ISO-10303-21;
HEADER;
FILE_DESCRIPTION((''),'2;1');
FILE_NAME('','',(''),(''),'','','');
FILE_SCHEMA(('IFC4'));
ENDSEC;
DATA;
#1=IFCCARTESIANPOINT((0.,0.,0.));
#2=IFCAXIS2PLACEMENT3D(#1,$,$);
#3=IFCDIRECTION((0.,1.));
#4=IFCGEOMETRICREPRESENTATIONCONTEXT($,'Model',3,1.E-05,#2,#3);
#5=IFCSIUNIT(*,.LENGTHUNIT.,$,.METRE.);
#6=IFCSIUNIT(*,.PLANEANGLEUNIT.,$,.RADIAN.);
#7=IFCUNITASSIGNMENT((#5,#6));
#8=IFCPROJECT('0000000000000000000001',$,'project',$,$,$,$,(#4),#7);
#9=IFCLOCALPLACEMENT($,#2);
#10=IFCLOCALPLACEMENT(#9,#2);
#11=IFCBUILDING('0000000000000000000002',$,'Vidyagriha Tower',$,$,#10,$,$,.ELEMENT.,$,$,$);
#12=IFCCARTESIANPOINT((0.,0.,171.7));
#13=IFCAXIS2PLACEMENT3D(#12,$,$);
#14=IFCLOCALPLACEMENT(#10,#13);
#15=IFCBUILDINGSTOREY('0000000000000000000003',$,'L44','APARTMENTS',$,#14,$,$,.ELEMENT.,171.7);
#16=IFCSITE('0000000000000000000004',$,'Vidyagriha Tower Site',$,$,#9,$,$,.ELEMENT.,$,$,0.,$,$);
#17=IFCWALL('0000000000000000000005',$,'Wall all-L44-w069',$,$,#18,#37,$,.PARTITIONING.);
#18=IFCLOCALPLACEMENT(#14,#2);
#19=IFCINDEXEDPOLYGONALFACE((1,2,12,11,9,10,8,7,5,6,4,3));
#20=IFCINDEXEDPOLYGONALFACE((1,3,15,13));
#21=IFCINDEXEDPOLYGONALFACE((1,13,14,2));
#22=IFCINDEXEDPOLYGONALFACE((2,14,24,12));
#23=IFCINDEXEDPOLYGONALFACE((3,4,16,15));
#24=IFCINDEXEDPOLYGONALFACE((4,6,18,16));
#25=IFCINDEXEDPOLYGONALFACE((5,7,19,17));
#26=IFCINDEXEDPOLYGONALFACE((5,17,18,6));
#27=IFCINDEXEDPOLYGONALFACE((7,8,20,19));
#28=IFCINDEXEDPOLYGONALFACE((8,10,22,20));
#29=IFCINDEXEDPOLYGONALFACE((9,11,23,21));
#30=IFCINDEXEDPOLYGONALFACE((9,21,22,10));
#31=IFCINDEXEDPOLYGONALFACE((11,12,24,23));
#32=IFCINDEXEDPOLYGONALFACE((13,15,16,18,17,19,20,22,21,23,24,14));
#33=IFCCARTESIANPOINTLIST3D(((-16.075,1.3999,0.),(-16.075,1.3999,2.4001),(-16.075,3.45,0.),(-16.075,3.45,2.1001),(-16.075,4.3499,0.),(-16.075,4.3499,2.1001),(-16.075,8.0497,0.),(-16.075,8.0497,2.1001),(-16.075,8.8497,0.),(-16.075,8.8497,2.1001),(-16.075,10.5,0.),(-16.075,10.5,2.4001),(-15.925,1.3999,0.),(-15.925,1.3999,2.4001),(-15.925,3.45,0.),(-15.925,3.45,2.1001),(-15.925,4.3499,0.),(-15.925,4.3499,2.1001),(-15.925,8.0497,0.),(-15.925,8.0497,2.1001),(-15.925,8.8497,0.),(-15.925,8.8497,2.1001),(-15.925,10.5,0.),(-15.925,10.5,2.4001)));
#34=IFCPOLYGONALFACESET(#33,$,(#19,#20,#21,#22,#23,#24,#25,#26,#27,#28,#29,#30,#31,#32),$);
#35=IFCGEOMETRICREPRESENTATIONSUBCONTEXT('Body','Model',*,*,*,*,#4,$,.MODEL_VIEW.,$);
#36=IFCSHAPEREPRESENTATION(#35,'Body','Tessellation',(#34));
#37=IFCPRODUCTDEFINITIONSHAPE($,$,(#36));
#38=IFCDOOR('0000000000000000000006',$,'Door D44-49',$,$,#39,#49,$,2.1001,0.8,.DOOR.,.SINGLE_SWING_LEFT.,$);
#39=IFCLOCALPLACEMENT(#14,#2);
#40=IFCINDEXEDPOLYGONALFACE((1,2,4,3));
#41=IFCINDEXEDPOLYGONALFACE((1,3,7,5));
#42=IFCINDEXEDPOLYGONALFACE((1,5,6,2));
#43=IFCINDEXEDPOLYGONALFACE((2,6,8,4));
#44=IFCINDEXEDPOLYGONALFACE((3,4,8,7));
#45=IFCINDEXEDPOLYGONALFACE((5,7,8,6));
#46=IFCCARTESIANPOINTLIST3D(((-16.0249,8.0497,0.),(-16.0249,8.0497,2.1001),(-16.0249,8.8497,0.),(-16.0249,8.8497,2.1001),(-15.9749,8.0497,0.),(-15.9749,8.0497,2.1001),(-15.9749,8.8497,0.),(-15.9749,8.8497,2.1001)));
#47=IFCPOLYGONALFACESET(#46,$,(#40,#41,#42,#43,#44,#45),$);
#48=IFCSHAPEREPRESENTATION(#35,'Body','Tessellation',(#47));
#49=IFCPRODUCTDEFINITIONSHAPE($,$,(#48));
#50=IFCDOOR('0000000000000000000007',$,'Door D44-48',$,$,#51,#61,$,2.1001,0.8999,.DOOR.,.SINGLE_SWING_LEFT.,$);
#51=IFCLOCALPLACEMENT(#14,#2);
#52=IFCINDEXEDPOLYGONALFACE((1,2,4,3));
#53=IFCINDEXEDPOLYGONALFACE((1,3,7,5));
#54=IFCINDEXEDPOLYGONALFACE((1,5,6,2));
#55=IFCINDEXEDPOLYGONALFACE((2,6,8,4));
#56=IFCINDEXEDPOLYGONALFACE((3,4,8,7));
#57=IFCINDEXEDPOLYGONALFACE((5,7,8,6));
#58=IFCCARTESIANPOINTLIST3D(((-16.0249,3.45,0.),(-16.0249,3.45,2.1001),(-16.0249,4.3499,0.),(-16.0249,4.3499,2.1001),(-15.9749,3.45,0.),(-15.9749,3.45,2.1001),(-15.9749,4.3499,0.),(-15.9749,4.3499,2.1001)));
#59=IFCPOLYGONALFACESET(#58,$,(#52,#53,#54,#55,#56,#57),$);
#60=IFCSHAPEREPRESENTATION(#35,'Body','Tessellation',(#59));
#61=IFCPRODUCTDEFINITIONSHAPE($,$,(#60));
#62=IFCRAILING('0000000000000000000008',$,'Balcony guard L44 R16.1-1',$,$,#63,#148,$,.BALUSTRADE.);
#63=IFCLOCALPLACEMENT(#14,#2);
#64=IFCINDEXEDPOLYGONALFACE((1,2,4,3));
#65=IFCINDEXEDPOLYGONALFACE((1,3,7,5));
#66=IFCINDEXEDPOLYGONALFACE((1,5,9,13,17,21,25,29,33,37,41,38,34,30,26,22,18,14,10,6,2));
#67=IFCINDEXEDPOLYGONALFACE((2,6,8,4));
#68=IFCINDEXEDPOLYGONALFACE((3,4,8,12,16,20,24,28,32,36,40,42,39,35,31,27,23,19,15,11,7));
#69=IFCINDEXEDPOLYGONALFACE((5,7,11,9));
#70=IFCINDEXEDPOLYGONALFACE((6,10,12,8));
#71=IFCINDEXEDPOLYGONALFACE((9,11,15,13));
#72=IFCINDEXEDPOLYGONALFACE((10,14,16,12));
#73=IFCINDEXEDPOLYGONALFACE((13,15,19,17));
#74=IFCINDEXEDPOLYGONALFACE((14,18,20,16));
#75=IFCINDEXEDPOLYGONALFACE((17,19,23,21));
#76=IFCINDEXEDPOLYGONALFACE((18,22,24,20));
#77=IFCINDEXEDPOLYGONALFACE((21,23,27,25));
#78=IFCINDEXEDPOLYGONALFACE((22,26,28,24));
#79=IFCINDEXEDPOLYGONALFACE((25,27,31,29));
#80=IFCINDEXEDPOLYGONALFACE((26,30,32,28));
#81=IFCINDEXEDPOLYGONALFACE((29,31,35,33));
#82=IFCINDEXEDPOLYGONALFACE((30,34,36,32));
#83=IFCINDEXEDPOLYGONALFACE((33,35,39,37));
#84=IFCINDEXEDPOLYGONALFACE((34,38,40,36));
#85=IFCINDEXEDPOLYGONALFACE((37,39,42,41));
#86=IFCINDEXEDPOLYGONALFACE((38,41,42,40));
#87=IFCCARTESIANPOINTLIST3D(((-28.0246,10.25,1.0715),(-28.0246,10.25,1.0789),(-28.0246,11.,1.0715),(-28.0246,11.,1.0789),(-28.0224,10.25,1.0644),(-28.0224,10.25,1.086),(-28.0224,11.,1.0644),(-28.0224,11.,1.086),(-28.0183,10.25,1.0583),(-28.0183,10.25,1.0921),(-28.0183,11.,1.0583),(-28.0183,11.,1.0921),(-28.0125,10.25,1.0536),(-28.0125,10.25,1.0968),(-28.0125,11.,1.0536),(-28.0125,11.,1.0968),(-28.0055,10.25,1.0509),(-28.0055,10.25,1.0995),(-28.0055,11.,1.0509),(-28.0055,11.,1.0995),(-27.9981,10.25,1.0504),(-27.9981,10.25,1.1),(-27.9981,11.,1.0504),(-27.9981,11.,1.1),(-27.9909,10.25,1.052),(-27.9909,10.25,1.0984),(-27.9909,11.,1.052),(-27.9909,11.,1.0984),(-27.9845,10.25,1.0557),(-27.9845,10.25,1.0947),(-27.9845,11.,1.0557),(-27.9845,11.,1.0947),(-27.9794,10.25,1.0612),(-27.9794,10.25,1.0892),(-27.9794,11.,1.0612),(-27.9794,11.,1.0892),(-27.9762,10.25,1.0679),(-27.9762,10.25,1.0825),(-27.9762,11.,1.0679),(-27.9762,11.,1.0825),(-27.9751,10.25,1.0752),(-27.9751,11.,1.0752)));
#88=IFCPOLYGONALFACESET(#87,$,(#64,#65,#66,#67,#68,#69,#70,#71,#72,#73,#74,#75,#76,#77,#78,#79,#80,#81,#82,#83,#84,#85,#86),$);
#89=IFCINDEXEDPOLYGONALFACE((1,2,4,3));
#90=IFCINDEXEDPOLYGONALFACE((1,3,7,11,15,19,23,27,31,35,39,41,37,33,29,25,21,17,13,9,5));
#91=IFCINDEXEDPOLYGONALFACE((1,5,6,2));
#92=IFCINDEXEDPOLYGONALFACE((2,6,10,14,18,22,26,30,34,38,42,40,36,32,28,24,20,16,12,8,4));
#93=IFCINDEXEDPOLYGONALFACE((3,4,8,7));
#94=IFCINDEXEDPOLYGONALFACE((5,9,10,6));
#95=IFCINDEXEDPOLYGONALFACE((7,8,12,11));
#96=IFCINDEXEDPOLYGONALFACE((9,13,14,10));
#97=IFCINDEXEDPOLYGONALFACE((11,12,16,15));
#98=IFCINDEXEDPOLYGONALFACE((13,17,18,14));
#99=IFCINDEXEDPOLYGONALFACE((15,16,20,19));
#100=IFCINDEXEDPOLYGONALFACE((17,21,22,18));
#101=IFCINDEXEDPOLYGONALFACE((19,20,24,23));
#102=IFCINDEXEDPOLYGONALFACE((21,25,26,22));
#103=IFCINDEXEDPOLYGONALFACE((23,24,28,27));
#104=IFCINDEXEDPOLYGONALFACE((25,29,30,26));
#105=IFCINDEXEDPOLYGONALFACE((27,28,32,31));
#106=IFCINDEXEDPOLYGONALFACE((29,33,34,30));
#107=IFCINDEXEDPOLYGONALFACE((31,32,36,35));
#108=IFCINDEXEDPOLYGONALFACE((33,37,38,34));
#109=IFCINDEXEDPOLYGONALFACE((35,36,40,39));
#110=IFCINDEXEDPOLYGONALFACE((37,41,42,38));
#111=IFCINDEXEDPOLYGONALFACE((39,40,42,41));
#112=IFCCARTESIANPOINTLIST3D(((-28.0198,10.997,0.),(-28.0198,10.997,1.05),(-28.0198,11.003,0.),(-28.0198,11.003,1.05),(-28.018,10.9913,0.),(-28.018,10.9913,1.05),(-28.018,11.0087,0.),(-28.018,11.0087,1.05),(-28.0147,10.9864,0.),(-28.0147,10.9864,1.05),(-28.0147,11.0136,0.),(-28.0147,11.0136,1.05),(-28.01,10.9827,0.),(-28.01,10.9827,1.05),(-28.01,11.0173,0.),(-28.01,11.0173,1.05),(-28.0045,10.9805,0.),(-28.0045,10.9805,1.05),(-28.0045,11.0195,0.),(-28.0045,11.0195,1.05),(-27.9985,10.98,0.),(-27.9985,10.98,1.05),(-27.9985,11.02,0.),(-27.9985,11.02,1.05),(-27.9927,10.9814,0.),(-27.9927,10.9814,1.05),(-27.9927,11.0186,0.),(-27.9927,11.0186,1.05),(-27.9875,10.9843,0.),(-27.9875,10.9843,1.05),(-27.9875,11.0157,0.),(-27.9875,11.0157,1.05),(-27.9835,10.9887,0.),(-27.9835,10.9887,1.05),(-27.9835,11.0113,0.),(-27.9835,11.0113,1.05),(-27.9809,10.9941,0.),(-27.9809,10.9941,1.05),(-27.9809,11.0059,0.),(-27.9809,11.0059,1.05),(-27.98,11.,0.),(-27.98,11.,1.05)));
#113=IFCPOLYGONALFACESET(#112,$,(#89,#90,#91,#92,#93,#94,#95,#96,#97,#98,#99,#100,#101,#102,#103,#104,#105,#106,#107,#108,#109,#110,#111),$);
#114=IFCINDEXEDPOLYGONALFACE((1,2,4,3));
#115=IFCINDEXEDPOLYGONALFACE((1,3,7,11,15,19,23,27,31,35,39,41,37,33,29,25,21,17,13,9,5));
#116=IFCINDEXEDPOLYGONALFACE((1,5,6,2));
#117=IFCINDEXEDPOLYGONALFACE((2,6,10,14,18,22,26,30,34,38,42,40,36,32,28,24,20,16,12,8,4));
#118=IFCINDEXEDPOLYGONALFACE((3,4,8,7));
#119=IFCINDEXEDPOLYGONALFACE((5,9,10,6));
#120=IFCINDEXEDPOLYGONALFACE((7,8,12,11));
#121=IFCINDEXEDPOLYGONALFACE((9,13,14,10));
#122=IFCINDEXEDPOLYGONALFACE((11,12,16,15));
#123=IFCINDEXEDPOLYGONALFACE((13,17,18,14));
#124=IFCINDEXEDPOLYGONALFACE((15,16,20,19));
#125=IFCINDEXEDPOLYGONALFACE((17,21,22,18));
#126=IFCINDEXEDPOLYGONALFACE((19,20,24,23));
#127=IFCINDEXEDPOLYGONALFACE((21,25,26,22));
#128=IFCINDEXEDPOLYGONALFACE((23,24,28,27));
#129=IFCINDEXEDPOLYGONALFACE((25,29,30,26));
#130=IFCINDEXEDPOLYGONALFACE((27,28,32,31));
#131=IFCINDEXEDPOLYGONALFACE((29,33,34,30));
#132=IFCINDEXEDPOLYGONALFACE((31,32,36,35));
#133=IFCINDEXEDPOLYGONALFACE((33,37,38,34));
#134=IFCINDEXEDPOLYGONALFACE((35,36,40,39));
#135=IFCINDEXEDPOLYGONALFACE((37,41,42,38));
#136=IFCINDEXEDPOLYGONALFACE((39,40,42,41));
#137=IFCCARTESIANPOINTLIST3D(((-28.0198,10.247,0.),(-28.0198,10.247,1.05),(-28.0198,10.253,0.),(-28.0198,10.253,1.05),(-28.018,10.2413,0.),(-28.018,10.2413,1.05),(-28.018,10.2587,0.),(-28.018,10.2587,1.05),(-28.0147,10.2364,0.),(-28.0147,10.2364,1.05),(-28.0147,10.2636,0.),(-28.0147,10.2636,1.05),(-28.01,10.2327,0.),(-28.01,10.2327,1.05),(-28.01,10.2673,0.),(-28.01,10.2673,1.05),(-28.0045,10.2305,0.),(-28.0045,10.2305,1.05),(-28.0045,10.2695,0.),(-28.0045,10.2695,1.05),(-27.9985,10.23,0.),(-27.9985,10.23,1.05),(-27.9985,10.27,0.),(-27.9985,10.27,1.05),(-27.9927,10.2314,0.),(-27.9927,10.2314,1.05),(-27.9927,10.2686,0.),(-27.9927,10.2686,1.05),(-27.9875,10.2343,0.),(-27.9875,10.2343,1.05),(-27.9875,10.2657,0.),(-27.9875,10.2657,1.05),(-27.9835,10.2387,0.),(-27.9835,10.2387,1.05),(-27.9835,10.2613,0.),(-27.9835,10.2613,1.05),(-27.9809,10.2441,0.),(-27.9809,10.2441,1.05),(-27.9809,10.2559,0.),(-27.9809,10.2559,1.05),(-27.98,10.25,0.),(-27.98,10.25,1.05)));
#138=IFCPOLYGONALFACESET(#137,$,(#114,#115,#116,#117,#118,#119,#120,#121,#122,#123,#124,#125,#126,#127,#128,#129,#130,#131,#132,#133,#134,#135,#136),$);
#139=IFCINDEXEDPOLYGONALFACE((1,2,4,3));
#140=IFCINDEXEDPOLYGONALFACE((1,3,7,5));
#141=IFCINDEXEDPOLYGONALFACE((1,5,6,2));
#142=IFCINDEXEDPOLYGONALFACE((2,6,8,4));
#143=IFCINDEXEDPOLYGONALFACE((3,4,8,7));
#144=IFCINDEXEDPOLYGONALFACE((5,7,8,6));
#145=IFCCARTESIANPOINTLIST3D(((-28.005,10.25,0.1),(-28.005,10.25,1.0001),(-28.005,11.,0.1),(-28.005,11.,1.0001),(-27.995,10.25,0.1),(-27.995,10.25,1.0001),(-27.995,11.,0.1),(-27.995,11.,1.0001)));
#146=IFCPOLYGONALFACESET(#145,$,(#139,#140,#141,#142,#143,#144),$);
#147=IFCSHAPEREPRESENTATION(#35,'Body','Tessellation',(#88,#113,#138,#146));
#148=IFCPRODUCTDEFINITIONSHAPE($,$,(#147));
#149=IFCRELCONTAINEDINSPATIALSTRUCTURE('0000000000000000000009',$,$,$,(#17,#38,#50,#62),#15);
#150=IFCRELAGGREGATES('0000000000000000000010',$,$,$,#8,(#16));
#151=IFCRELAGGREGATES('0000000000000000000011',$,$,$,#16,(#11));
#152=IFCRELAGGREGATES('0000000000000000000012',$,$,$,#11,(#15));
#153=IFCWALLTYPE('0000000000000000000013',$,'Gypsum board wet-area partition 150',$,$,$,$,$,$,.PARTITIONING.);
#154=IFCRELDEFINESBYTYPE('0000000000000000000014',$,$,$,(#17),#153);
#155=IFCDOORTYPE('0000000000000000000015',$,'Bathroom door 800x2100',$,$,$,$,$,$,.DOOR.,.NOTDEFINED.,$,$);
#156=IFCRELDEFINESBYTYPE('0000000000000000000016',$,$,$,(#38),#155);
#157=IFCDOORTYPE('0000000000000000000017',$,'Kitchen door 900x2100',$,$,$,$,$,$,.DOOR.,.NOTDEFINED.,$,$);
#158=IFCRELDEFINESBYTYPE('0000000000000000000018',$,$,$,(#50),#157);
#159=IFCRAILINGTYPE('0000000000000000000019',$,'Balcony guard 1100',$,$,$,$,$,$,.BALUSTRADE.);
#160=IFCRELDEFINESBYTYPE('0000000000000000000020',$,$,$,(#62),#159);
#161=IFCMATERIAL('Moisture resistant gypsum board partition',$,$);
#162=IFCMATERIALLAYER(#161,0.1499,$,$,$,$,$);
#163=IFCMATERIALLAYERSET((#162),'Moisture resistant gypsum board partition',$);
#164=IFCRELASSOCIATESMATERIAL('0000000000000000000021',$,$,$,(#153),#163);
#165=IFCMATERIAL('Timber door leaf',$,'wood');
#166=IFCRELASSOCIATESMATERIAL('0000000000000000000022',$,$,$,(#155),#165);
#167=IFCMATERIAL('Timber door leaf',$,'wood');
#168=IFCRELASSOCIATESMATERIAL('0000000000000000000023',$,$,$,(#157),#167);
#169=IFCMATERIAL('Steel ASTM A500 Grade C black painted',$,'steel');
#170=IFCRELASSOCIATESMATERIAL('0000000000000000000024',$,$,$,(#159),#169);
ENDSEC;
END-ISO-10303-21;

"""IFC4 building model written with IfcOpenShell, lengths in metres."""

from ifc_helpers import new_model, si_unit, direction, frame, frame_2d, origin, origin_2d, place, context, subcontext, project, spatial, rectangle, circle, extrude, material, layer, layer_set, type_object, element, fill, save


model = new_model("IFC4")

# Units and contexts
model_context = context("Model", 3, precision=1e-05, world=origin(), true_north=direction((0.0, 1.0)))
body_context = subcontext(model_context, "Body", "Model", "MODEL_VIEW")
ifc_project = project(units=[si_unit("LENGTHUNIT", "METRE"), si_unit("PLANEANGLEUNIT", "RADIAN")], contexts=[model_context])

# Site, building, storey
site_placement = place(None, origin())
site = spatial("IfcSite", under=ifc_project, at=site_placement, Name="Vidyagriha Tower Site", CompositionType="ELEMENT", RefElevation=0.0)
building_placement = place(site_placement, origin())
building = spatial("IfcBuilding", under=site, at=building_placement, Name="Vidyagriha Tower", CompositionType="ELEMENT")
storey_placement = place(building_placement, frame((0.0, 0.0, 171.7)))
storey = spatial("IfcBuildingStorey", under=building, at=storey_placement, Name="L44", Description="APARTMENTS", CompositionType="ELEMENT", Elevation=171.7)

# Wall, openings, doors
ifc_material_1 = material(Name="Moisture resistant gypsum board partition")
ifc_layer_1 = layer(ifc_material_1, 0.1499)
ifc_layer_set_1 = layer_set([ifc_layer_1], Name="Moisture resistant gypsum board partition")
wall_type_1 = type_object("IfcWallType", Name="Gypsum board wet-area partition 150", PredefinedType="PARTITIONING", material=ifc_layer_set_1)
wall_1_placement = place(storey_placement, frame((-16.0, 1.3999, 0.0), z_axis=(0.0, 0.0, 1.0), x_axis=(0.0, 1.0, 0.0)))
wall_1 = element("IfcWall", 1, at=wall_1_placement, inside=storey, type_object=wall_type_1, Name="Wall all-L44-w069", PredefinedType="PARTITIONING", context=body_context, shape_type="SweptSolid", body=[
    extrude(rectangle(XDim=9.1001, YDim=0.1499, at=frame_2d((4.55, 0.0))), origin(), (0.0, 0.0, 1.0), 2.4001),
])
opening_1_placement = place(wall_1_placement, frame((2.05, 0.0, 0.0)))
opening_1 = element("IfcOpeningElement", 2, at=opening_1_placement, cuts=wall_1, PredefinedType="OPENING", context=body_context, shape_type="SweptSolid", body=[
    extrude(rectangle(XDim=0.8999, YDim=2.1001, at=frame_2d((0.45, 1.05))), frame((0.0, 0.085, 0.0), z_axis=(0.0, -1.0, 0.0), x_axis=(1.0, 0.0, 0.0)), (0.0, 0.0, 1.0), 0.1699),
])
opening_2_placement = place(wall_1_placement, frame((6.6499, 0.0, 0.0)))
opening_2 = element("IfcOpeningElement", 3, at=opening_2_placement, cuts=wall_1, PredefinedType="OPENING", context=body_context, shape_type="SweptSolid", body=[
    extrude(rectangle(XDim=0.8, YDim=2.1001, at=frame_2d((0.3999, 1.05))), frame((0.0, 0.085, 0.0), z_axis=(0.0, -1.0, 0.0), x_axis=(1.0, 0.0, 0.0)), (0.0, 0.0, 1.0), 0.1699),
])
ifc_material_2 = material(Name="Timber door leaf", Category="wood")
door_type_1 = type_object("IfcDoorType", Name="Bathroom door 800x2100", OperationType="NOTDEFINED", PredefinedType="DOOR", material=ifc_material_2)
door_1_placement = place(opening_2_placement, origin())
door_1 = element("IfcDoor", 4, at=door_1_placement, inside=storey, type_object=door_type_1, Name="Door D44-49", OperationType="SINGLE_SWING_LEFT", OverallHeight=2.1001, OverallWidth=0.8, PredefinedType="DOOR", context=body_context, shape_type="SweptSolid", body=[
    extrude(rectangle(XDim=0.8, YDim=2.1001, at=frame_2d((0.3999, 1.05))), frame((0.0, 0.0249, 0.0), z_axis=(0.0, -1.0, 0.0), x_axis=(1.0, 0.0, 0.0)), (0.0, 0.0, 1.0), 0.05),
])
fill(opening_2, door_1)
ifc_material_3 = material(Name="Timber door leaf", Category="wood")
door_type_2 = type_object("IfcDoorType", Name="Kitchen door 900x2100", OperationType="NOTDEFINED", PredefinedType="DOOR", material=ifc_material_3)
door_2_placement = place(opening_1_placement, origin())
door_2 = element("IfcDoor", 5, at=door_2_placement, inside=storey, type_object=door_type_2, Name="Door D44-48", OperationType="SINGLE_SWING_LEFT", OverallHeight=2.1001, OverallWidth=0.8999, PredefinedType="DOOR", context=body_context, shape_type="SweptSolid", body=[
    extrude(rectangle(XDim=0.8999, YDim=2.1001, at=frame_2d((0.45, 1.05))), frame((0.0, 0.0249, 0.0), z_axis=(0.0, -1.0, 0.0), x_axis=(1.0, 0.0, 0.0)), (0.0, 0.0, 1.0), 0.05),
])
fill(opening_1, door_2)

# Railing
ifc_material_4 = material(Name="Steel ASTM A500 Grade C black painted", Category="steel")
railing_type = type_object("IfcRailingType", Name="Balcony guard 1100", PredefinedType="BALUSTRADE", material=ifc_material_4)
railing_1_placement = place(storey_placement, frame((-28.0, 11.0, 0.0)))
element("IfcRailing", 6, at=railing_1_placement, inside=storey, type_object=railing_type, Name="Balcony guard L44 R16.1-1", PredefinedType="BALUSTRADE", context=body_context, shape_type="SweptSolid", body=[
    extrude(circle(Radius=0.0249, at=origin_2d()), frame((0.0, 0.0, 1.0752), z_axis=(0.0, -1.0, 0.0), x_axis=(1.0, 0.0, 0.0)), (0.0, 0.0, 1.0), 0.75),
    extrude(circle(Radius=0.02, at=origin_2d()), origin(), (0.0, 0.0, 1.0), 1.05),
    extrude(circle(Radius=0.02, at=origin_2d()), frame((0.0, -0.75, 0.0)), (0.0, 0.0, 1.0), 1.05),
    extrude(rectangle(XDim=0.01, YDim=0.9001, at=origin_2d()), frame((0.0, 0.0, 0.55), z_axis=(0.0, -1.0, 0.0), x_axis=(1.0, 0.0, 0.0)), (0.0, 0.0, 1.0), 0.75),
])

save(model, "model.ifc")
